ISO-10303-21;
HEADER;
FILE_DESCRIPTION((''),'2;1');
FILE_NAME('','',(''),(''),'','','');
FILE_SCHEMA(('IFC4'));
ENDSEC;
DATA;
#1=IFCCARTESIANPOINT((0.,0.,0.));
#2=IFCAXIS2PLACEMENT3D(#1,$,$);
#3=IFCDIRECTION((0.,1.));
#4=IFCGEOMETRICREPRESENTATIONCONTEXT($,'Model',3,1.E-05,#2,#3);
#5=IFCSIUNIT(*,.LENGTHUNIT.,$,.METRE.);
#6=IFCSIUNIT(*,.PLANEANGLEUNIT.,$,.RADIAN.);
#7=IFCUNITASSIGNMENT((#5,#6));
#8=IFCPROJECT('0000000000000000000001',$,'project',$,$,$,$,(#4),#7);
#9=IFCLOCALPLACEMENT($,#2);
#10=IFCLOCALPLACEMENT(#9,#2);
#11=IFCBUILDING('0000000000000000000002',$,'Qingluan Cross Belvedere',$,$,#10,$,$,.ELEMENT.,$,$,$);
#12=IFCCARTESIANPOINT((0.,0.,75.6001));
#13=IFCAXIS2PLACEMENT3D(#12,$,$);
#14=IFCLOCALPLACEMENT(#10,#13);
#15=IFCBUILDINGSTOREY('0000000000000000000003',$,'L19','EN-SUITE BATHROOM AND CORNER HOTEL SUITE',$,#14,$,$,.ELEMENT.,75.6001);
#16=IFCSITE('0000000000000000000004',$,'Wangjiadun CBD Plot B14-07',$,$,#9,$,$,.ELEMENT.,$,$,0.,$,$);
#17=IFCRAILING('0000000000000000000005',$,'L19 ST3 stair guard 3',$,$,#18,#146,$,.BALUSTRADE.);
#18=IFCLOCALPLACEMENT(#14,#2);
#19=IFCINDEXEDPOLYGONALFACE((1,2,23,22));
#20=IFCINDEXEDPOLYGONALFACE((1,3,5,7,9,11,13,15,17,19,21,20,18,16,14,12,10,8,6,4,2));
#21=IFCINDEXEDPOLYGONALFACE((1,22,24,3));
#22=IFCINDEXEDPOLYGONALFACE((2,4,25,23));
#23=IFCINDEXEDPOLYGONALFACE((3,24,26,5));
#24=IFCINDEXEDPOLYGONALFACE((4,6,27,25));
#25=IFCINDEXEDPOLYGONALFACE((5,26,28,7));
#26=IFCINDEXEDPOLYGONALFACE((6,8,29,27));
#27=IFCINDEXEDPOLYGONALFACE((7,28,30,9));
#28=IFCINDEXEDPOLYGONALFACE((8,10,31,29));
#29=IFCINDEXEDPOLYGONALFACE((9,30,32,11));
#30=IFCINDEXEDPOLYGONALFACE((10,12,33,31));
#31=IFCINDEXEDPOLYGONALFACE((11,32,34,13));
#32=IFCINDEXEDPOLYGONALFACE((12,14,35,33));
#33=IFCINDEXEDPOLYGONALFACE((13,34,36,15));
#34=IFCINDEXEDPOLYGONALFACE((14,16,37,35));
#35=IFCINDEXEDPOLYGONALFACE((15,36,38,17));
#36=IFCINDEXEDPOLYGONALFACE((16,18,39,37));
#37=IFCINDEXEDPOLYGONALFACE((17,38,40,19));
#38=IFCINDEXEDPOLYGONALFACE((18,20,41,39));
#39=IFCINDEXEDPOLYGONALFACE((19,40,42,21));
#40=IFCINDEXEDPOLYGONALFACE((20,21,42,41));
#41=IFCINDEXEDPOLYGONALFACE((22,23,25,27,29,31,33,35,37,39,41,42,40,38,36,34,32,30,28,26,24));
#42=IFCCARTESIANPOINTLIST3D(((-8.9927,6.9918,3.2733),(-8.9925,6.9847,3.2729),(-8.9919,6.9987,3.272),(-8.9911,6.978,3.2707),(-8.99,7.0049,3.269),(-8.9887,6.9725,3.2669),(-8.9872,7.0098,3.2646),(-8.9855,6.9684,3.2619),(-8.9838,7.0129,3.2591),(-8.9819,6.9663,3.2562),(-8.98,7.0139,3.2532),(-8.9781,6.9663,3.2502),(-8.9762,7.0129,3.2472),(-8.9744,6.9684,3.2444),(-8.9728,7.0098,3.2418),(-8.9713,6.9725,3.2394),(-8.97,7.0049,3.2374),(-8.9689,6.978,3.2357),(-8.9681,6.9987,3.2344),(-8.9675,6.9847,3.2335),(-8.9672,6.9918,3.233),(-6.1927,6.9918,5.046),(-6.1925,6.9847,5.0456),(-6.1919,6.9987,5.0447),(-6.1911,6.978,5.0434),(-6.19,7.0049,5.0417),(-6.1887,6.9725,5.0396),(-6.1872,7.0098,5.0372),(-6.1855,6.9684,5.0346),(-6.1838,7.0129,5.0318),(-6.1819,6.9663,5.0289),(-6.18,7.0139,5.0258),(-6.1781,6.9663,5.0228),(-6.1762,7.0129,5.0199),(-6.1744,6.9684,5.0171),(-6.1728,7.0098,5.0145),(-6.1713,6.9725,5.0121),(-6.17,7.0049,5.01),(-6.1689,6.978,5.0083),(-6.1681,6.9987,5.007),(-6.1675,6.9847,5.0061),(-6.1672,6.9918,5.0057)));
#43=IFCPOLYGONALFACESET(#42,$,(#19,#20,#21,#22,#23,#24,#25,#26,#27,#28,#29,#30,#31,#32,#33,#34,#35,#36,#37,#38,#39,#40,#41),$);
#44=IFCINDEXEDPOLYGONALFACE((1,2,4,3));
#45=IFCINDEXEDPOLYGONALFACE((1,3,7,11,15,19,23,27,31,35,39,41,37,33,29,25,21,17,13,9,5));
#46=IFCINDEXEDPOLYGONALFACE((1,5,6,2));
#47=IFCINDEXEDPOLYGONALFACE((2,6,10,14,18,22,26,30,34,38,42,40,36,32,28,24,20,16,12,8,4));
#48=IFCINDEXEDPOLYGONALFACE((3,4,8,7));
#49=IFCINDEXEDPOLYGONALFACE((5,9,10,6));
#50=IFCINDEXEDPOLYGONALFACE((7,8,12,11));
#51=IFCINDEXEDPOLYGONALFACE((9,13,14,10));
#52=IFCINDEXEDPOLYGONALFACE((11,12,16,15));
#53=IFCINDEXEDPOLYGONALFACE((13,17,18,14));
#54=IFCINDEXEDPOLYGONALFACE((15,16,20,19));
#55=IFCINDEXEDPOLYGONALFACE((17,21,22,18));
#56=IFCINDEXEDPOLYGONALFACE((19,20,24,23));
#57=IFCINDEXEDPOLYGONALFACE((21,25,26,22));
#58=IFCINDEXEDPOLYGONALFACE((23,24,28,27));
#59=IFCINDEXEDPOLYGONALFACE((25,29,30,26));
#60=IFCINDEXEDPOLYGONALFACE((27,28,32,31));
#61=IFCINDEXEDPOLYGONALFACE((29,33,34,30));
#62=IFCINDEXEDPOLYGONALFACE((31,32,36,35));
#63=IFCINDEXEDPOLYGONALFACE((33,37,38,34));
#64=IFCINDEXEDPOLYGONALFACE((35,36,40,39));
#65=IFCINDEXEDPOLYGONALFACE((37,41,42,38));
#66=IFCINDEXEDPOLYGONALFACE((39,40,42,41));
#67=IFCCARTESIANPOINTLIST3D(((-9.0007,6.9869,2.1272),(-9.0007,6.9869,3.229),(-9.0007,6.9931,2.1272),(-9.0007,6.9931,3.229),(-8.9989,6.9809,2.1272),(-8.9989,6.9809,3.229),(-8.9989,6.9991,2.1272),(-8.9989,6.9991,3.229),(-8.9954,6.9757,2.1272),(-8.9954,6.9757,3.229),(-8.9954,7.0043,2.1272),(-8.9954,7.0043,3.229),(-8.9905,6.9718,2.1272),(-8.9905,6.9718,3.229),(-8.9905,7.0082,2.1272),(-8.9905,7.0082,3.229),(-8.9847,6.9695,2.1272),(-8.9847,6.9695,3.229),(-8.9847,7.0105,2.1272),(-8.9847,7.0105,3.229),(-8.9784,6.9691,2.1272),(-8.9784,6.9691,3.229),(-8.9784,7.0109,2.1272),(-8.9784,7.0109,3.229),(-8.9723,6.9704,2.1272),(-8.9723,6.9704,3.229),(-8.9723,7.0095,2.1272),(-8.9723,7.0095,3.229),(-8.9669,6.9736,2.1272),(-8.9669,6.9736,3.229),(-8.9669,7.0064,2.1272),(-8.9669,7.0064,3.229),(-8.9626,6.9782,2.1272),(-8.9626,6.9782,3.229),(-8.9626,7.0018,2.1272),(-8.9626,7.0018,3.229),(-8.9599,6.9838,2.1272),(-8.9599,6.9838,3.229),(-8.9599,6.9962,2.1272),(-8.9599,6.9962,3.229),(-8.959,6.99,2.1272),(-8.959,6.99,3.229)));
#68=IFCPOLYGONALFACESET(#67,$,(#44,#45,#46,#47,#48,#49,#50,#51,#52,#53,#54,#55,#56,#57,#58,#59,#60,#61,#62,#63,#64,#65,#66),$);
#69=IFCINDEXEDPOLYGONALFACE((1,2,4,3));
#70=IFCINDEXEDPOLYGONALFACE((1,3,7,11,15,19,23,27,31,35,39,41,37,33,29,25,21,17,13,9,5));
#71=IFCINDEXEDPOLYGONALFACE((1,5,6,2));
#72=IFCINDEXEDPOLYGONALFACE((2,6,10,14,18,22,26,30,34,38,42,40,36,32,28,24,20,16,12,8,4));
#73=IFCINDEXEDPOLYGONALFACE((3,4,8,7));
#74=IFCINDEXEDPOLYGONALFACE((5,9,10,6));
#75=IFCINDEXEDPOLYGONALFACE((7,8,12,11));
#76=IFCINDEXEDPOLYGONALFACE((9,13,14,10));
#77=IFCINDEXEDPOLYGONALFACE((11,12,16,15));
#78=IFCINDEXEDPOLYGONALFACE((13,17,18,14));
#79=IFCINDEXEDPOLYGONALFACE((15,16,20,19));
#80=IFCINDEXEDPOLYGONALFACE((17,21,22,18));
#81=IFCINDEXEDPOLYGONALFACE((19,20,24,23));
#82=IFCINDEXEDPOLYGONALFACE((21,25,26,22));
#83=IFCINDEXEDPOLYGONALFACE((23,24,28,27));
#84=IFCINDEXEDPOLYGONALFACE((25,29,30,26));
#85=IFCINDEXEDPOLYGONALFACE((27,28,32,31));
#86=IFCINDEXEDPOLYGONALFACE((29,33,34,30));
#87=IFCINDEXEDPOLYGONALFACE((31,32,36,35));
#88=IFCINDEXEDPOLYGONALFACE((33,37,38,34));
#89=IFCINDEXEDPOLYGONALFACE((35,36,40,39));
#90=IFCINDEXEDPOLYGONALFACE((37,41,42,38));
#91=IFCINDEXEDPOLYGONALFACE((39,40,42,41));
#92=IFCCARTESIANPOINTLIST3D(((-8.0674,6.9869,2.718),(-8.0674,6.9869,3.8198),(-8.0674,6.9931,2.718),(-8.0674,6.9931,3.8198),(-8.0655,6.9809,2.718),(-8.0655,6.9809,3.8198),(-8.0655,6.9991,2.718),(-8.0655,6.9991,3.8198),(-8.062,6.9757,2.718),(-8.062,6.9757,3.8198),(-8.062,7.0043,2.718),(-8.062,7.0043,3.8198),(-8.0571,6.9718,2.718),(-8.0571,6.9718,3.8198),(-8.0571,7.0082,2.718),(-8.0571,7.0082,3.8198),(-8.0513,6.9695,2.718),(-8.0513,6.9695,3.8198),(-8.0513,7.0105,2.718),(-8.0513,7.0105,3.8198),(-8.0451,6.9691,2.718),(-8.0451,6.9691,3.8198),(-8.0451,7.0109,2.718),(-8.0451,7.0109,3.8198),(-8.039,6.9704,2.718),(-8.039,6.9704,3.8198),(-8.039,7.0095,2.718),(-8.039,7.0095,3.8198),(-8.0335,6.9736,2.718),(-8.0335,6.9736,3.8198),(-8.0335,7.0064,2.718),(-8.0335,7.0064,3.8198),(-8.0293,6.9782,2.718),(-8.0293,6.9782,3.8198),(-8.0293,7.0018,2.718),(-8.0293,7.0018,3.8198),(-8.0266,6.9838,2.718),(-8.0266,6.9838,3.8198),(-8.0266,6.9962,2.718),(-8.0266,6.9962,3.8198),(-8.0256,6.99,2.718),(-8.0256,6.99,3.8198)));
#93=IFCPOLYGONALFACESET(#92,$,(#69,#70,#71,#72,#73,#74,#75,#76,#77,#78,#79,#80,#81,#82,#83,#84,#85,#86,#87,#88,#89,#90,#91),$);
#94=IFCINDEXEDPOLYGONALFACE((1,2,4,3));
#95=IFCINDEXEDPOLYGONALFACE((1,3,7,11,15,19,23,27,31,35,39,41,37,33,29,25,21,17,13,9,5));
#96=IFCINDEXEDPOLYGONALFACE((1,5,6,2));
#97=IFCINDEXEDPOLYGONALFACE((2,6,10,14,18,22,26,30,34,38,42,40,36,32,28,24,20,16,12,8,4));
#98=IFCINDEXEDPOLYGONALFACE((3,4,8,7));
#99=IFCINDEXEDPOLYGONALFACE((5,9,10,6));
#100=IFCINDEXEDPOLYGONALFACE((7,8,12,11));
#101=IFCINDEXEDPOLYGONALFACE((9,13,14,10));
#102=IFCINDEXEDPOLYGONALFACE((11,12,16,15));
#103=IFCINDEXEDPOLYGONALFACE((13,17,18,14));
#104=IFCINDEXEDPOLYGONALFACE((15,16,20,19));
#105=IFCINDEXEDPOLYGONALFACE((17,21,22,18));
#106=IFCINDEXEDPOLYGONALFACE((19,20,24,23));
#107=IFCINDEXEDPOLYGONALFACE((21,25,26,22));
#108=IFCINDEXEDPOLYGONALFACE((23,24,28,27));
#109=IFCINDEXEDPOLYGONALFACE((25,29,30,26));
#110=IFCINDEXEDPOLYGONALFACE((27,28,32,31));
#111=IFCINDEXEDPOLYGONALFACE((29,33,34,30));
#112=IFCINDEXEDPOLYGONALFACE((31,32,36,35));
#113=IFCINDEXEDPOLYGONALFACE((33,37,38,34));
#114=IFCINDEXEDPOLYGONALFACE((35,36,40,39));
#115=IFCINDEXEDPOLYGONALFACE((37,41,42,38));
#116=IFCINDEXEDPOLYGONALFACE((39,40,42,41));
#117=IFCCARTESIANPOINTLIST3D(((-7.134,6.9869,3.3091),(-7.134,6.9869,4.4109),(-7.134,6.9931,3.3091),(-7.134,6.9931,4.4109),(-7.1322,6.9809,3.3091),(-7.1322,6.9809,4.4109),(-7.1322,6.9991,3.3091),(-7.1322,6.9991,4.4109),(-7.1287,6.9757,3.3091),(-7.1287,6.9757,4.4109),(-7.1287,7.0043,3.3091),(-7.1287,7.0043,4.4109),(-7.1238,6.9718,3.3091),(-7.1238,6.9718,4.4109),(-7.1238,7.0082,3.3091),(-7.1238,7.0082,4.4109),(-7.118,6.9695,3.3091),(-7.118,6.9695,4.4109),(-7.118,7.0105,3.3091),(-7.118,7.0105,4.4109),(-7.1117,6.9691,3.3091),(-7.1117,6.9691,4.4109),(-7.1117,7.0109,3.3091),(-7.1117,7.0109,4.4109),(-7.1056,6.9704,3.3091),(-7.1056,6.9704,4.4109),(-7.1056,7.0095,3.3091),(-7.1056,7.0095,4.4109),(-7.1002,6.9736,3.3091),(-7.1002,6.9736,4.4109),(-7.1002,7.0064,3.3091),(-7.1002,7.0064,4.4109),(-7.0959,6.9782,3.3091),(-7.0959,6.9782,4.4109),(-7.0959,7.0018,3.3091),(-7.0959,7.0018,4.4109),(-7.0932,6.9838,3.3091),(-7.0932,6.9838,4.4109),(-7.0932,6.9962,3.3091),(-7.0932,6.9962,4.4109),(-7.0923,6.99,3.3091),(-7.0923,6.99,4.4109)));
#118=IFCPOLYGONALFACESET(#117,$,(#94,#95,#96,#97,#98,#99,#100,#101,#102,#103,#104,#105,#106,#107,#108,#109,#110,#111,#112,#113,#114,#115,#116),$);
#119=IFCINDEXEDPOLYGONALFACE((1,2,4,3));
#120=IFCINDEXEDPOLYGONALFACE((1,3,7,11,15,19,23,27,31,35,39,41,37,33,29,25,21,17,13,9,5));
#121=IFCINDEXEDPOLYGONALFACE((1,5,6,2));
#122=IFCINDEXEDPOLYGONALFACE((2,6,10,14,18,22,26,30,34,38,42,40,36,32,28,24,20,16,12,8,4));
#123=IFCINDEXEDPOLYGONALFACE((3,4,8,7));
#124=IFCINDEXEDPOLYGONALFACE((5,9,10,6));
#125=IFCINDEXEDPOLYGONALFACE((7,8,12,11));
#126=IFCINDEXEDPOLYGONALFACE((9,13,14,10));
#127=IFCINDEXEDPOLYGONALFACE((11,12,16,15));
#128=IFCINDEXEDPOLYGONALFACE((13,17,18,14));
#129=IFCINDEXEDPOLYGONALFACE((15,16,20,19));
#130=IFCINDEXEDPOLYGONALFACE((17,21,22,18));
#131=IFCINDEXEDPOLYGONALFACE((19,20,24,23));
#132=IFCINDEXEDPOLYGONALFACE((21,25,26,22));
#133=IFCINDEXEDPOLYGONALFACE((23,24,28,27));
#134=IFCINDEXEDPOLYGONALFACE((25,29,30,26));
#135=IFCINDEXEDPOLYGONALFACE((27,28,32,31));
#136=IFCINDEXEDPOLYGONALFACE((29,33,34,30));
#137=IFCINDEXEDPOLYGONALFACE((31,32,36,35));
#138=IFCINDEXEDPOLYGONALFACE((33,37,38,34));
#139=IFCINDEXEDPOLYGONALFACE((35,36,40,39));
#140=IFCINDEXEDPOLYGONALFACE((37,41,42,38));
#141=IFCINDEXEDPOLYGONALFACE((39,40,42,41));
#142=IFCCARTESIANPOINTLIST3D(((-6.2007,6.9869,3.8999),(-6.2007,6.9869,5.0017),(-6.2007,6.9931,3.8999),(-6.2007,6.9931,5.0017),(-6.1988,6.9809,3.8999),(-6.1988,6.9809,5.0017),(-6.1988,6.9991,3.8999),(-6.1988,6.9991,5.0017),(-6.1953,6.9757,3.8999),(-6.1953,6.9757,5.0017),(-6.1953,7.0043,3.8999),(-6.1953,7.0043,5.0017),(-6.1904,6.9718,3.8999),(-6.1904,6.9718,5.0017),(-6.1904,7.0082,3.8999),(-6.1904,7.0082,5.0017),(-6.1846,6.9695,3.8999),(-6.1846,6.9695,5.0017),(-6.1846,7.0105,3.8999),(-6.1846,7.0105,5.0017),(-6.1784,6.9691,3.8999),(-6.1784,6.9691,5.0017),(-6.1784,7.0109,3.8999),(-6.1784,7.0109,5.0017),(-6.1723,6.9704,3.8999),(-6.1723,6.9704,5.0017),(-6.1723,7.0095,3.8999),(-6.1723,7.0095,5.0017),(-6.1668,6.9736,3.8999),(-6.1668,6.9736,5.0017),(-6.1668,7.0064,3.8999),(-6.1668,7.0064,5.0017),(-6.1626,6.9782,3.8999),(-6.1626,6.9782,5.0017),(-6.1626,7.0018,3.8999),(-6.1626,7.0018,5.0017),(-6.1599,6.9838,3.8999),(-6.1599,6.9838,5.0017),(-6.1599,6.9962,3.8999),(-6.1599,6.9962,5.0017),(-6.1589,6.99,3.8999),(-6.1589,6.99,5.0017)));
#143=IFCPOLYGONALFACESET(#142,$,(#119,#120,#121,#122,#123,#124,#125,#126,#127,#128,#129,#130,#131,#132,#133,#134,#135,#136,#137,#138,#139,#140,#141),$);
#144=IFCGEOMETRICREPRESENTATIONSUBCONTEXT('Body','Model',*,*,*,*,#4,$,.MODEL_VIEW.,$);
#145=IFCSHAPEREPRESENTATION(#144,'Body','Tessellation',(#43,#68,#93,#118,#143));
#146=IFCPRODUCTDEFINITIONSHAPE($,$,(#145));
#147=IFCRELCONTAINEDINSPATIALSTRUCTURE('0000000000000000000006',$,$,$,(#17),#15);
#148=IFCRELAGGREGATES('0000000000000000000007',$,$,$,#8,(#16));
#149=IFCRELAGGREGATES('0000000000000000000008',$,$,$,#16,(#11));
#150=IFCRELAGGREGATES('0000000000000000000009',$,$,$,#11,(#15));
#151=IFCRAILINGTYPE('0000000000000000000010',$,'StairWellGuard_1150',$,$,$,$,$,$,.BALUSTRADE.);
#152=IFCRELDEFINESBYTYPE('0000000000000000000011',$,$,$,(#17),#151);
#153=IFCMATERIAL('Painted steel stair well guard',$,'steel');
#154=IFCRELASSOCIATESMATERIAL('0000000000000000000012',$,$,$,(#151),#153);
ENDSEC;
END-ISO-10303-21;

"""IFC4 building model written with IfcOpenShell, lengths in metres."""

from ifc_helpers import new_model, si_unit, direction, frame, origin, origin_2d, place, context, subcontext, project, spatial, circle, extrude, material, type_object, element, save


model = new_model("IFC4")

# Units and contexts
model_context = context("Model", 3, precision=1e-05, world=origin(), true_north=direction((0.0, 1.0)))
body_context = subcontext(model_context, "Body", "Model", "MODEL_VIEW")
ifc_project = project(units=[si_unit("LENGTHUNIT", "METRE"), si_unit("PLANEANGLEUNIT", "RADIAN")], contexts=[model_context])

# Site, building, storey
site_placement = place(None, origin())
site = spatial("IfcSite", under=ifc_project, at=site_placement, Name="Wangjiadun CBD Plot B14-07", CompositionType="ELEMENT", RefElevation=0.0)
building_placement = place(site_placement, origin())
building = spatial("IfcBuilding", under=site, at=building_placement, Name="Qingluan Cross Belvedere", CompositionType="ELEMENT")
storey_placement = place(building_placement, frame((0.0, 0.0, 75.6001)))
storey = spatial("IfcBuildingStorey", under=building, at=storey_placement, Name="L19", Description="EN-SUITE BATHROOM AND CORNER HOTEL SUITE", CompositionType="ELEMENT", Elevation=75.6001)

# Railing
ifc_material_1 = material(Name="Painted steel stair well guard", Category="steel")
railing_type_1 = type_object("IfcRailingType", Name="StairWellGuard_1150", PredefinedType="BALUSTRADE", material=ifc_material_1)
railing_1_placement = place(storey_placement, frame((-8.98, 6.99, 2.1272)))
element("IfcRailing", 1, at=railing_1_placement, inside=storey, type_object=railing_type_1, Name="L19 ST3 stair guard 3", PredefinedType="BALUSTRADE", context=body_context, shape_type="SweptSolid", body=[
    extrude(circle(Radius=0.0239, at=origin_2d()), frame((0.0, 0.0, 1.126), z_axis=(0.844909, 0.0, 0.53491), x_axis=(0.0, 1.0, 0.0)), (0.0, 0.0, 1.0), 3.314),
    extrude(circle(Radius=0.021, at=origin_2d()), origin(), (0.0, 0.0, 1.0), 1.1018),
    extrude(circle(Radius=0.021, at=origin_2d()), frame((0.9333, 0.0, 0.5908)), (0.0, 0.0, 1.0), 1.1018),
    extrude(circle(Radius=0.021, at=origin_2d()), frame((1.8667, 0.0, 1.1819)), (0.0, 0.0, 1.0), 1.1018),
    extrude(circle(Radius=0.021, at=origin_2d()), frame((2.8, 0.0, 1.7727)), (0.0, 0.0, 1.0), 1.1018),
])

save(model, "model.ifc")
